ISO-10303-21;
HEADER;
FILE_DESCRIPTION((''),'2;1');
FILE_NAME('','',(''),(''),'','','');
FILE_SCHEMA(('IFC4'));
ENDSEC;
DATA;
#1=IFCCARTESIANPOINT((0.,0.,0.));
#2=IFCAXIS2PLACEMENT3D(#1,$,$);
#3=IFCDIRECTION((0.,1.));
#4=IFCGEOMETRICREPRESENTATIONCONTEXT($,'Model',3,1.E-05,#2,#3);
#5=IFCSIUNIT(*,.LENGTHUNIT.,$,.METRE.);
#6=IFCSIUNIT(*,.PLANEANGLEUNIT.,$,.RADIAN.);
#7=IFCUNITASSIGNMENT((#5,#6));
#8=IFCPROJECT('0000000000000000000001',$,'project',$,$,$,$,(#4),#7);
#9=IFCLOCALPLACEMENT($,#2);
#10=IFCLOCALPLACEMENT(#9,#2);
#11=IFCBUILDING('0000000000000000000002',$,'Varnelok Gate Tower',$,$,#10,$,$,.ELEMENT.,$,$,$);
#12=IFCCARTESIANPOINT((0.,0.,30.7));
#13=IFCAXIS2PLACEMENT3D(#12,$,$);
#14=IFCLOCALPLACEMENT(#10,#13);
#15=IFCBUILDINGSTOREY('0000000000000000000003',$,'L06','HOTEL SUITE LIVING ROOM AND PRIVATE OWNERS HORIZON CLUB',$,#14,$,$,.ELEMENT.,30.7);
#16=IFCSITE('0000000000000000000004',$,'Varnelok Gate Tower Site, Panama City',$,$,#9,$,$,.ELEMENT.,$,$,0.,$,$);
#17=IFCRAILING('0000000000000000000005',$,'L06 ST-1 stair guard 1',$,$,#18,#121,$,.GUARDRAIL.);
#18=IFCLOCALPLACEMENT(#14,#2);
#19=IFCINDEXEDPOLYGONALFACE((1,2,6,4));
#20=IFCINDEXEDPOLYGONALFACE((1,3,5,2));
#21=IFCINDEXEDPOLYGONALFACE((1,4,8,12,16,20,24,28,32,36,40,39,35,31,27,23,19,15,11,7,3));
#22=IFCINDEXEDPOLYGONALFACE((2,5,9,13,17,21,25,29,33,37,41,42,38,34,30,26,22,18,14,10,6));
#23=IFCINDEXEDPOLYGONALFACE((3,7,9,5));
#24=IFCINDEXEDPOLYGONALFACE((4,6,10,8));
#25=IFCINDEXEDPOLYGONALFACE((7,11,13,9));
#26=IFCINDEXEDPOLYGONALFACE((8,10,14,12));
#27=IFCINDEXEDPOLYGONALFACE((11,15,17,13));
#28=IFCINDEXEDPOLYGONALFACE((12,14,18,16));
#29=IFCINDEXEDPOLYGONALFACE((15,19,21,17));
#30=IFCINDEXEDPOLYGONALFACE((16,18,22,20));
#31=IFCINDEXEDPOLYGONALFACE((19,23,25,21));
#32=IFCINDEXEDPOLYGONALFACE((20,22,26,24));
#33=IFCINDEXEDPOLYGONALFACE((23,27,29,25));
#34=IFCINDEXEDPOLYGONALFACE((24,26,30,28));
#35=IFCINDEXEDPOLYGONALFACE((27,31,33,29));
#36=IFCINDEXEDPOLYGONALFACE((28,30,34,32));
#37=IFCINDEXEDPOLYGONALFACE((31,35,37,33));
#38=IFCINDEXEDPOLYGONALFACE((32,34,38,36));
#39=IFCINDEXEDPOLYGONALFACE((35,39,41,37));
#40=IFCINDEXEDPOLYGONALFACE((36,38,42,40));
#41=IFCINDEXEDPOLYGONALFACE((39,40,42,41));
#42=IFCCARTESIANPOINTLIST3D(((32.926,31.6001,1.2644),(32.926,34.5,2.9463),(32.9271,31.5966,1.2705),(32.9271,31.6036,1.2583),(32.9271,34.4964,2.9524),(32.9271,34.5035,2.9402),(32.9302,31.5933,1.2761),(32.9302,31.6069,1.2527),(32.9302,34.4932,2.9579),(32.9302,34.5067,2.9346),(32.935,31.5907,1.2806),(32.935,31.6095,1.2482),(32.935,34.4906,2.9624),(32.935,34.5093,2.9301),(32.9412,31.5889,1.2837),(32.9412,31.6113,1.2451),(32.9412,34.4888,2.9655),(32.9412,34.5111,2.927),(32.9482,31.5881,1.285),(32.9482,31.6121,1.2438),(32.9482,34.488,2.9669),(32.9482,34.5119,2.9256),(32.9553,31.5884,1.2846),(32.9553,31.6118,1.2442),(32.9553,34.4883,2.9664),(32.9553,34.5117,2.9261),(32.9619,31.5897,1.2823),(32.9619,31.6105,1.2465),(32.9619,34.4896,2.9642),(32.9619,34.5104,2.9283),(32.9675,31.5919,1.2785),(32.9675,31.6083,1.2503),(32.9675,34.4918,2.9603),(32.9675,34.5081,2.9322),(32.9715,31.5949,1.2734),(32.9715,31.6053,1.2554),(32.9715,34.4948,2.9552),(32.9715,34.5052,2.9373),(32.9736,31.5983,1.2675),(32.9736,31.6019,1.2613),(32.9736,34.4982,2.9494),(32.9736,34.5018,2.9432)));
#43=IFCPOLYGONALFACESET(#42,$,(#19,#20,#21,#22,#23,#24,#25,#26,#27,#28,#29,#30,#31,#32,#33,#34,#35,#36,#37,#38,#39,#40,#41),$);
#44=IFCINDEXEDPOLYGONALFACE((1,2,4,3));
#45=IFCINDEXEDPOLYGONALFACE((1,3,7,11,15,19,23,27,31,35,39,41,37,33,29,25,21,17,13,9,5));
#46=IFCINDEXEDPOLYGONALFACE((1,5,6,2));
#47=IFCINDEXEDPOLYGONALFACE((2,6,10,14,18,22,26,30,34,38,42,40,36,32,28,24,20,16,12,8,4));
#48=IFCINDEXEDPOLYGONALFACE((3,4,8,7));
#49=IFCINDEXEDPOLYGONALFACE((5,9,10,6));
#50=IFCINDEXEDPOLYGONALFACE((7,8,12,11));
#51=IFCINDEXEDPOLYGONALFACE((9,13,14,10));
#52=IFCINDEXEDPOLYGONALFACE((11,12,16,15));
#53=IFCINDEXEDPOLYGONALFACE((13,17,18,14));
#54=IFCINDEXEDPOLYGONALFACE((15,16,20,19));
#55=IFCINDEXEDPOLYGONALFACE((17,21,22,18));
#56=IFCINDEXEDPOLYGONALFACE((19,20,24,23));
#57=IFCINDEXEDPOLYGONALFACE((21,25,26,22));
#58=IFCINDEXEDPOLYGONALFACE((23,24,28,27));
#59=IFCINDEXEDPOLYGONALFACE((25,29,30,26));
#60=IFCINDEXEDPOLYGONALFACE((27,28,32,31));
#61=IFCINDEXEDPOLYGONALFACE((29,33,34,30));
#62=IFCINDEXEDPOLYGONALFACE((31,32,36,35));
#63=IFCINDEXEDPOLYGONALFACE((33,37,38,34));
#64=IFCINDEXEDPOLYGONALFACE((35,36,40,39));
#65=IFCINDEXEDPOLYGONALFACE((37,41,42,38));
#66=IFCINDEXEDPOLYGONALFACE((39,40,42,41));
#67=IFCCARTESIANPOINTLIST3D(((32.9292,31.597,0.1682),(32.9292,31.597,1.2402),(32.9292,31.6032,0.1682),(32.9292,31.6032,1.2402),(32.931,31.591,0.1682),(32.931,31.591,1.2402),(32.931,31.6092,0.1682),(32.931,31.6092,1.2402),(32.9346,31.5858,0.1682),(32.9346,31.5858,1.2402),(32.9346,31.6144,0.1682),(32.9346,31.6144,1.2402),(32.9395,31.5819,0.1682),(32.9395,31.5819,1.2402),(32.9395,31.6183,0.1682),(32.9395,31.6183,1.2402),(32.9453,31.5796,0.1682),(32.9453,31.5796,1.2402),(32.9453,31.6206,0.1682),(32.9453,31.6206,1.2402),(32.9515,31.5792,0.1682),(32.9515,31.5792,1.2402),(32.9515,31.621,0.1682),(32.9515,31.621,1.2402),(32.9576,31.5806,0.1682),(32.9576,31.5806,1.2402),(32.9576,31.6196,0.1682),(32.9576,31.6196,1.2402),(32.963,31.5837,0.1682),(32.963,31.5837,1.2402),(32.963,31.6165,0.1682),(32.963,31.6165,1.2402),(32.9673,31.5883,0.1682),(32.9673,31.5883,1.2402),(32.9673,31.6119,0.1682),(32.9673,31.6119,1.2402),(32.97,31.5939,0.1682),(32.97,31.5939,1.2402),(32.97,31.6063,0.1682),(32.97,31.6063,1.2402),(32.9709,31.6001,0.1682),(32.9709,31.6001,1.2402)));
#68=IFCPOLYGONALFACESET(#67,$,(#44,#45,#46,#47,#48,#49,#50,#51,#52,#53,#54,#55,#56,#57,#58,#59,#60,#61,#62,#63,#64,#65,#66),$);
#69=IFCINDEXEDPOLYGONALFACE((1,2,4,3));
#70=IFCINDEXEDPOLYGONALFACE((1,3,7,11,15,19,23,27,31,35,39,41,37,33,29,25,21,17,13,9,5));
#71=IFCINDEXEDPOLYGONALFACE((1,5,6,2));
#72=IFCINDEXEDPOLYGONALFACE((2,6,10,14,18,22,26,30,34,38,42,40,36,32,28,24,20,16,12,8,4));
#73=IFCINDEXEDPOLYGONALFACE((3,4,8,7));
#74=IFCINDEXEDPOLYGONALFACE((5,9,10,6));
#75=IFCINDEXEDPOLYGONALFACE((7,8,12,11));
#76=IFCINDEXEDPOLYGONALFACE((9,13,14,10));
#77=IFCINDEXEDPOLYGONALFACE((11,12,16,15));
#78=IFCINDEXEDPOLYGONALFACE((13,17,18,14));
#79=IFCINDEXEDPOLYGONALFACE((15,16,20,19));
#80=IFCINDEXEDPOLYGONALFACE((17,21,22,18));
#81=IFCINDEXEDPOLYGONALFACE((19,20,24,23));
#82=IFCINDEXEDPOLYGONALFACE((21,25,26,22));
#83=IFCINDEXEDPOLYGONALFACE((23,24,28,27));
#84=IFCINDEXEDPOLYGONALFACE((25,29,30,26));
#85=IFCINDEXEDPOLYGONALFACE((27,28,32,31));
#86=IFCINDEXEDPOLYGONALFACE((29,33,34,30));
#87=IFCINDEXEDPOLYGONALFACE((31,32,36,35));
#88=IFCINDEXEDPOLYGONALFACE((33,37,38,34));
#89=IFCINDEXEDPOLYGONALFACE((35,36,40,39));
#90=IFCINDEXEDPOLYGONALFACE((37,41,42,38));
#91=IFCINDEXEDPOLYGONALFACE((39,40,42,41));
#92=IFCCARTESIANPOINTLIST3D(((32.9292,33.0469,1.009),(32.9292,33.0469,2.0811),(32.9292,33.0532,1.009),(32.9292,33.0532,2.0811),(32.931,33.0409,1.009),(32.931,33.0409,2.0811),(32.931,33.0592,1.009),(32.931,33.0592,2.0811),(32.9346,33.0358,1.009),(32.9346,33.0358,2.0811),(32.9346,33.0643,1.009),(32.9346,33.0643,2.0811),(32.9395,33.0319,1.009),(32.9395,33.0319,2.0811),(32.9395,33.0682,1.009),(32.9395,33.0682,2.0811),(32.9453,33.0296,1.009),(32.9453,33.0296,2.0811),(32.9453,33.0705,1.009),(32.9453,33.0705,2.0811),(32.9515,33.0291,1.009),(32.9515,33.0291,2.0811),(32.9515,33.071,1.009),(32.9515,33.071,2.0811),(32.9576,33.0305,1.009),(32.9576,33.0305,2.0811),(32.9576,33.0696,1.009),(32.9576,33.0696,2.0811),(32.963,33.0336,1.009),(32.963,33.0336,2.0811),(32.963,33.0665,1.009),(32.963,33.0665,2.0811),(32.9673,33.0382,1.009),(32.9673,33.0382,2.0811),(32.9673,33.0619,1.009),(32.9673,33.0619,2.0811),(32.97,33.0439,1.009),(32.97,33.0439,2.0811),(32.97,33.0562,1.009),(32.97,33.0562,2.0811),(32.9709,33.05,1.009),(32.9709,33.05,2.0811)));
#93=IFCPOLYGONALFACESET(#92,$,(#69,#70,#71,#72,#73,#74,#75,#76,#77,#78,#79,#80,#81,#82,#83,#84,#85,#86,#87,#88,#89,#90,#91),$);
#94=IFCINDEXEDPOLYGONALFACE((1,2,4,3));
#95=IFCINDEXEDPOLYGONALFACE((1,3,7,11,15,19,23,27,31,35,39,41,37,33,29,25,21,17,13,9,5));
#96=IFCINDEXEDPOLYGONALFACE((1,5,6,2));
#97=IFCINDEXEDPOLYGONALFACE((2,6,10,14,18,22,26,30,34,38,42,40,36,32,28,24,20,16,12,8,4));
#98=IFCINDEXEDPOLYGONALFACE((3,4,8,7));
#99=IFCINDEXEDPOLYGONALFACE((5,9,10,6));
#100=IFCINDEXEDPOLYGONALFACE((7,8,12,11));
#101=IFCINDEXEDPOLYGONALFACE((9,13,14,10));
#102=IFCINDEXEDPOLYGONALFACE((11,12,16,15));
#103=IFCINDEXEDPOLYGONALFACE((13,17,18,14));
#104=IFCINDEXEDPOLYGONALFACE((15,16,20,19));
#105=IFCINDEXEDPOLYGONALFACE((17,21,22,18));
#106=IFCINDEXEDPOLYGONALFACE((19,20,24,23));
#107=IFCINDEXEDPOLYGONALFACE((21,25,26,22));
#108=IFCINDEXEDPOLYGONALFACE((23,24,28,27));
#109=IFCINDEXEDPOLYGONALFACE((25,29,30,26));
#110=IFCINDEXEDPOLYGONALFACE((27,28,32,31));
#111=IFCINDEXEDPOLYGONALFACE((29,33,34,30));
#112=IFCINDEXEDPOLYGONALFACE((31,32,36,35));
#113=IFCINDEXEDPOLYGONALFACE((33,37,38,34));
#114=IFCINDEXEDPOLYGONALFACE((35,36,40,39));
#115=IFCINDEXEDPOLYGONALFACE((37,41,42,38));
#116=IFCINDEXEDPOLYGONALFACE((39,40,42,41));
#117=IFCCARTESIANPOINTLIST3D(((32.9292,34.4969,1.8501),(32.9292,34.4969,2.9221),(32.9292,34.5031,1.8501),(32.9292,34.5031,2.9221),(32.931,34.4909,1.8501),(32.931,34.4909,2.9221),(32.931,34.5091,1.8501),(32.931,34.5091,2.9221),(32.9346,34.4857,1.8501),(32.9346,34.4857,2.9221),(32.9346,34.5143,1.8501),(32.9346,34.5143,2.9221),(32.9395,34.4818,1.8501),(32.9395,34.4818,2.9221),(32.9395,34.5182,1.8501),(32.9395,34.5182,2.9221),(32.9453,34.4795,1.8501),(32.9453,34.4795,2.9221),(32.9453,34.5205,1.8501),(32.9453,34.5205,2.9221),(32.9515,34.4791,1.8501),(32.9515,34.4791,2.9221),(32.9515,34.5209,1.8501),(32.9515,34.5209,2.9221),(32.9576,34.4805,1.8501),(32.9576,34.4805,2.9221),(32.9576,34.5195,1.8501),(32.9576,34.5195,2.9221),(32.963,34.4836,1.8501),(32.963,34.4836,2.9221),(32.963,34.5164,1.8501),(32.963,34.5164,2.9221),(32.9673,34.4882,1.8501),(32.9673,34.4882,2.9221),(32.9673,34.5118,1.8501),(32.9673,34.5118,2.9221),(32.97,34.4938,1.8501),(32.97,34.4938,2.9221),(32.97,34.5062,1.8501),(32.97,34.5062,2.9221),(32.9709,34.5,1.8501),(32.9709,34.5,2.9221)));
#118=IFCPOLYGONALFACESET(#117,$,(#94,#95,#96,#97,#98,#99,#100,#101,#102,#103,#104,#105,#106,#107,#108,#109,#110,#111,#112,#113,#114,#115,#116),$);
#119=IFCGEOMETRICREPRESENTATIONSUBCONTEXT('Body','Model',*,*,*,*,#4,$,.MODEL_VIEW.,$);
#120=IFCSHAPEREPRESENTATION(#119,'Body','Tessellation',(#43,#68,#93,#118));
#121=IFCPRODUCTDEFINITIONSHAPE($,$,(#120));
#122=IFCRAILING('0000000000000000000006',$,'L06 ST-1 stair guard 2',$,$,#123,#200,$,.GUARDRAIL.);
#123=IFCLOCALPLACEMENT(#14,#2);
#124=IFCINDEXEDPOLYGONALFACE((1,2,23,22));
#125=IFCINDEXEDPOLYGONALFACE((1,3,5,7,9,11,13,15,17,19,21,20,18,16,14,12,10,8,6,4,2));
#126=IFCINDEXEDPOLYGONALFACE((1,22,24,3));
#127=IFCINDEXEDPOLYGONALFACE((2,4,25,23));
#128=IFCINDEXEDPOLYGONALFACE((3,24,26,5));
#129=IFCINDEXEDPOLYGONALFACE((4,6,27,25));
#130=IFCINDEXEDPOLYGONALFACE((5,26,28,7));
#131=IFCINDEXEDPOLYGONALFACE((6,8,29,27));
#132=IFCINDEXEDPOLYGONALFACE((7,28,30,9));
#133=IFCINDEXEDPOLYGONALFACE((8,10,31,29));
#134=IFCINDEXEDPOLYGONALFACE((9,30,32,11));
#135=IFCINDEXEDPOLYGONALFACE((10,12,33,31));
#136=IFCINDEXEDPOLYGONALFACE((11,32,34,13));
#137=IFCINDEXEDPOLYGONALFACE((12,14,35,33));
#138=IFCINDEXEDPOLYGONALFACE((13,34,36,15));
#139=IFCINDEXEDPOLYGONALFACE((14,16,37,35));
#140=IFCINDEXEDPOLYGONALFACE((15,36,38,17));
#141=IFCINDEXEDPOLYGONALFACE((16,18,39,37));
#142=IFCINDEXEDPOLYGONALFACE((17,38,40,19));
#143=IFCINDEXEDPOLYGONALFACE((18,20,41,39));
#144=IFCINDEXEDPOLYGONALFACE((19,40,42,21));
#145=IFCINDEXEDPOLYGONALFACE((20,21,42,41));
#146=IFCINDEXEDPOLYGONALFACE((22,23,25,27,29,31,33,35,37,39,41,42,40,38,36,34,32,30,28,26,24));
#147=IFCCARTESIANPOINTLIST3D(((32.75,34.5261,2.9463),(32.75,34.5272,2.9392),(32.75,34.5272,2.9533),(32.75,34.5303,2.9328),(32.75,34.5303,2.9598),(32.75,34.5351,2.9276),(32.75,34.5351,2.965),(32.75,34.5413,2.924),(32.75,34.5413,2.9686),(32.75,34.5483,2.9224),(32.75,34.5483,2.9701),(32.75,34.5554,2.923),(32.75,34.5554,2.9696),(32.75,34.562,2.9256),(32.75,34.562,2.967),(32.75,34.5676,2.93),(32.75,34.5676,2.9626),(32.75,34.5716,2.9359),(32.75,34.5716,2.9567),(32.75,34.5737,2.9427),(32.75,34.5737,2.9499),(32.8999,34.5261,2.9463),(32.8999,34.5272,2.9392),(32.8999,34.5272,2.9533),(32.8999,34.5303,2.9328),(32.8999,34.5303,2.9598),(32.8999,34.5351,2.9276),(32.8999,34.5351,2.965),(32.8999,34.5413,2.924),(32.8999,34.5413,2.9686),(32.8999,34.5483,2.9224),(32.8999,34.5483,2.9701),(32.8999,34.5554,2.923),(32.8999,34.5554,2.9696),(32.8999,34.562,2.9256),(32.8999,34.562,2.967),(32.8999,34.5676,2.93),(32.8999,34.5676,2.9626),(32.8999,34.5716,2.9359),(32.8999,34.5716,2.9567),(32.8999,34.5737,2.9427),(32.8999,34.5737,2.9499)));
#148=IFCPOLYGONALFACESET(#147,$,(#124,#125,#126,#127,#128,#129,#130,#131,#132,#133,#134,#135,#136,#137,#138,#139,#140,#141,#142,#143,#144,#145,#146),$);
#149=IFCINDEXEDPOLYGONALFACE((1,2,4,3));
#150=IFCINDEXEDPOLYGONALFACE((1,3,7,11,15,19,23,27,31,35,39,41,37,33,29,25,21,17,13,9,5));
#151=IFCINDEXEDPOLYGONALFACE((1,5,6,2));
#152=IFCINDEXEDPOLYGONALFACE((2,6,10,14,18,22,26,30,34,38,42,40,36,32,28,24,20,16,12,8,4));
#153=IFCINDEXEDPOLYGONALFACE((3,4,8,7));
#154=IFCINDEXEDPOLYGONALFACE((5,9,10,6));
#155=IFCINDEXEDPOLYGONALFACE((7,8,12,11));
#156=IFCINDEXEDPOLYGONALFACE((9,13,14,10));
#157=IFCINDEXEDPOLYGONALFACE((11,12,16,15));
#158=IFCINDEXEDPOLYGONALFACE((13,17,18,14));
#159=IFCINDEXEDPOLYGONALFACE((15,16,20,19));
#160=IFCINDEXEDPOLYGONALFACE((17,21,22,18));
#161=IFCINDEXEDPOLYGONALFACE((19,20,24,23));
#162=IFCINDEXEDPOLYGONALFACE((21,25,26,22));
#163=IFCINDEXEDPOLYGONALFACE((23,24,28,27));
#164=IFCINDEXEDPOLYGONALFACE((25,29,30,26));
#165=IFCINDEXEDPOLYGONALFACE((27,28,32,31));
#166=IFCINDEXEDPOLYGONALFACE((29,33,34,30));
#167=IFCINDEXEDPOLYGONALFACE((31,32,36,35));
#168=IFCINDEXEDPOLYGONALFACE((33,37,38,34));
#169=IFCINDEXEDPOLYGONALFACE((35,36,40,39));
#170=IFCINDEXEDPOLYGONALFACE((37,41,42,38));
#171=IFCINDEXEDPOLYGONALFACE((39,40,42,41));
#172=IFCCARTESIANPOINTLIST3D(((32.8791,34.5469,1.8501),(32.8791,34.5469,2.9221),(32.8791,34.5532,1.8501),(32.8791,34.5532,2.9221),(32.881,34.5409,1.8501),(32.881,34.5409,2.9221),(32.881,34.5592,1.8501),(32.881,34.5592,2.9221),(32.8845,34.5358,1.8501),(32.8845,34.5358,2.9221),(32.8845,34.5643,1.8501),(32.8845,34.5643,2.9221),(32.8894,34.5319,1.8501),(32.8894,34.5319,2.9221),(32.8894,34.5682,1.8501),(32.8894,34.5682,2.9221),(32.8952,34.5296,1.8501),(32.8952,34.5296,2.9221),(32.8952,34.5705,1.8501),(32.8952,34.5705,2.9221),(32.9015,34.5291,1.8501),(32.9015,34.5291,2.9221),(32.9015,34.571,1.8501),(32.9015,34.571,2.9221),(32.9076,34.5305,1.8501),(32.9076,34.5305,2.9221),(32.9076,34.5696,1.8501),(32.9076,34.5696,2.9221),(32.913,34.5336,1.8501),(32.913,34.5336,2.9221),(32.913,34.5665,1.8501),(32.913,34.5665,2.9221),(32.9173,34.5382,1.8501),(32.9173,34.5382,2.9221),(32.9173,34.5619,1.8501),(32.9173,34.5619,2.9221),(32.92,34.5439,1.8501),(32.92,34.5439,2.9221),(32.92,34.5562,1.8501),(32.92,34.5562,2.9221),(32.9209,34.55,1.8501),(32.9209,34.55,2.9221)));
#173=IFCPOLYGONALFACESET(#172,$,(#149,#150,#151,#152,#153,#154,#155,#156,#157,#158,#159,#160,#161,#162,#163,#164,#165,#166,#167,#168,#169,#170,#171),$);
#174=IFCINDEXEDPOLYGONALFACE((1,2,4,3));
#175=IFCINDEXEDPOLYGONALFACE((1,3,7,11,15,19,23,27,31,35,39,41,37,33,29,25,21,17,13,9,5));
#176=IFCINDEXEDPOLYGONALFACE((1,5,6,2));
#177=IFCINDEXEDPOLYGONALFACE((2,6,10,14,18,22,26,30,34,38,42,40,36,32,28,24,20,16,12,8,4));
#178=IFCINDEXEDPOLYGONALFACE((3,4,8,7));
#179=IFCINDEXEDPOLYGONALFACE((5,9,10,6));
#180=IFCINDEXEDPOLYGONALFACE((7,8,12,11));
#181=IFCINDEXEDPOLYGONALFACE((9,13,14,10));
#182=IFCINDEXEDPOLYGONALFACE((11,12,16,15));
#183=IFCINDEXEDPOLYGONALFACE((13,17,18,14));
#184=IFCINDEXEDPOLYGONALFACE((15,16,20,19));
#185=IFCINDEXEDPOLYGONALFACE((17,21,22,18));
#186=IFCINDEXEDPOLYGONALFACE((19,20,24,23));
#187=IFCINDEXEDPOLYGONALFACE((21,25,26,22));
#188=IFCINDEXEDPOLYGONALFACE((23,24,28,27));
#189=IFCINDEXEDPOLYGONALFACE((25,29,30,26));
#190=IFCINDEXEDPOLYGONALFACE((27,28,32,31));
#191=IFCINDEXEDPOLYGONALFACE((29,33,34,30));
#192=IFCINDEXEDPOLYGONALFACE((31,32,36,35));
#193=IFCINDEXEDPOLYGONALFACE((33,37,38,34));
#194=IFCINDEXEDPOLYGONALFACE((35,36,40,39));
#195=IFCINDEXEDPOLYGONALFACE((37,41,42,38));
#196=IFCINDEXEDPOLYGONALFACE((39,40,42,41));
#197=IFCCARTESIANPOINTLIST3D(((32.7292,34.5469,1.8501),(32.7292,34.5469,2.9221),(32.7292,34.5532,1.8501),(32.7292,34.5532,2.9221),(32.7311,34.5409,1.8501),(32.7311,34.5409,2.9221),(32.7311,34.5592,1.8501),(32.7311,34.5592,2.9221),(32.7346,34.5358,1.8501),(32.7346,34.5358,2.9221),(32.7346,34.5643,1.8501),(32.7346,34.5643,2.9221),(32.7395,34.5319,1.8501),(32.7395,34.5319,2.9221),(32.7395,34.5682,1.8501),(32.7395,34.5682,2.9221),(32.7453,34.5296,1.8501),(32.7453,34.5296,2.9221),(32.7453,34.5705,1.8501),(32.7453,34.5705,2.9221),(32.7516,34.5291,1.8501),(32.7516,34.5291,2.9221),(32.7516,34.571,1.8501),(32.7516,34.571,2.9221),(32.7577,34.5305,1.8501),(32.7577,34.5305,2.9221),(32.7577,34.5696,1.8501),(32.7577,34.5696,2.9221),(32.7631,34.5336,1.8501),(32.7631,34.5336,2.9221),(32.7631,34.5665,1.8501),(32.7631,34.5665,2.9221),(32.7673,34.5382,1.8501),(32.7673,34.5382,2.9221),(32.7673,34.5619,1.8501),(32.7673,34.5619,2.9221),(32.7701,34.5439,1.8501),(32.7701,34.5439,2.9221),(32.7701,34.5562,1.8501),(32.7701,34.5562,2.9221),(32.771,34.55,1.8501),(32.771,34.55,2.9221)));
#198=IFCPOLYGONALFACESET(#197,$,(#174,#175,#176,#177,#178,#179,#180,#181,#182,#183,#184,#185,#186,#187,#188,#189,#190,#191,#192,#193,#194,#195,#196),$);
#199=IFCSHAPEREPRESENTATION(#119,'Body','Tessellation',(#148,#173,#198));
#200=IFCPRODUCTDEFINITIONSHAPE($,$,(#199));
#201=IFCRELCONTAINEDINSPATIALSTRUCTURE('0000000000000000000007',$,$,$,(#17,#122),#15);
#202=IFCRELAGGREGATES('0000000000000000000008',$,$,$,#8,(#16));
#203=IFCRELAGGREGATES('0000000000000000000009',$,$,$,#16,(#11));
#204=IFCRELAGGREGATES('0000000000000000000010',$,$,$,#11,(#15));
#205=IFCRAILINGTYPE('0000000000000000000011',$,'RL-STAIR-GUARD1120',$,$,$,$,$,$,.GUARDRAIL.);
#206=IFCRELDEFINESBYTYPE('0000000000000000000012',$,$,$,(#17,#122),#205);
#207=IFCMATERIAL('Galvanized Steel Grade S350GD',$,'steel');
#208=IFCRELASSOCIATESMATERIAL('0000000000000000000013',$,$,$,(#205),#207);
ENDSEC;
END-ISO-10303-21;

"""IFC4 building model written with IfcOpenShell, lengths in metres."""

from ifc_helpers import new_model, si_unit, direction, frame, origin, origin_2d, place, context, subcontext, project, spatial, circle, extrude, material, type_object, element, save


model = new_model("IFC4")

# Units and contexts
model_context = context("Model", 3, precision=1e-05, world=origin(), true_north=direction((0.0, 1.0)))
body_context = subcontext(model_context, "Body", "Model", "MODEL_VIEW")
ifc_project = project(units=[si_unit("LENGTHUNIT", "METRE"), si_unit("PLANEANGLEUNIT", "RADIAN")], contexts=[model_context])

# Site, building, storey
site_placement = place(None, origin())
site = spatial("IfcSite", under=ifc_project, at=site_placement, Name="Varnelok Gate Tower Site, Panama City", CompositionType="ELEMENT", RefElevation=0.0)
building_placement = place(site_placement, origin())
building = spatial("IfcBuilding", under=site, at=building_placement, Name="Varnelok Gate Tower", CompositionType="ELEMENT")
storey_placement = place(building_placement, frame((0.0, 0.0, 30.7)))
storey = spatial("IfcBuildingStorey", under=building, at=storey_placement, Name="L06", Description="HOTEL SUITE LIVING ROOM AND PRIVATE OWNERS HORIZON CLUB", CompositionType="ELEMENT", Elevation=30.7)

# Shared definitions
ifc_material_1 = material(Name="Galvanized Steel Grade S350GD", Category="steel")

# Railings
railing_type_1 = type_object("IfcRailingType", Name="RL-STAIR-GUARD1120", PredefinedType="GUARDRAIL", material=ifc_material_1)
railing_1_placement = place(storey_placement, frame((32.95, 31.6001, 0.1682)))
element("IfcRailing", 1, at=railing_1_placement, inside=storey, type_object=railing_type_1, Name="L06 ST-1 stair guard 1", PredefinedType="GUARDRAIL", context=body_context, shape_type="SweptSolid", body=[
    extrude(circle(Radius=0.0239, at=origin_2d()), frame((0.0, 0.0, 1.0962), z_axis=(0.0, 0.865039, 0.501705), x_axis=(-1.0, 0.0, 0.0)), (0.0, 0.0, 1.0), 3.3523),
    extrude(circle(Radius=0.021, at=origin_2d()), origin(), (0.0, 0.0, 1.0), 1.072),
    extrude(circle(Radius=0.021, at=origin_2d()), frame((0.0, 1.45, 0.8408)), (0.0, 0.0, 1.0), 1.072),
    extrude(circle(Radius=0.021, at=origin_2d()), frame((0.0, 2.8999, 1.6819)), (0.0, 0.0, 1.0), 1.072),
])
railing_2_placement = place(storey_placement, frame((32.8999, 34.55, 1.8501)))
element("IfcRailing", 2, at=railing_2_placement, inside=storey, type_object=railing_type_1, Name="L06 ST-1 stair guard 2", PredefinedType="GUARDRAIL", context=body_context, shape_type="SweptSolid", body=[
    extrude(circle(Radius=0.0239, at=origin_2d()), frame((0.0, 0.0, 1.0962), z_axis=(-1.0, 0.0, 0.0), x_axis=(0.0, -1.0, 0.0)), (0.0, 0.0, 1.0), 0.1499),
    extrude(circle(Radius=0.021, at=origin_2d()), origin(), (0.0, 0.0, 1.0), 1.072),
    extrude(circle(Radius=0.021, at=origin_2d()), frame((-0.1499, 0.0, 0.0)), (0.0, 0.0, 1.0), 1.072),
])

save(model, "model.ifc")
